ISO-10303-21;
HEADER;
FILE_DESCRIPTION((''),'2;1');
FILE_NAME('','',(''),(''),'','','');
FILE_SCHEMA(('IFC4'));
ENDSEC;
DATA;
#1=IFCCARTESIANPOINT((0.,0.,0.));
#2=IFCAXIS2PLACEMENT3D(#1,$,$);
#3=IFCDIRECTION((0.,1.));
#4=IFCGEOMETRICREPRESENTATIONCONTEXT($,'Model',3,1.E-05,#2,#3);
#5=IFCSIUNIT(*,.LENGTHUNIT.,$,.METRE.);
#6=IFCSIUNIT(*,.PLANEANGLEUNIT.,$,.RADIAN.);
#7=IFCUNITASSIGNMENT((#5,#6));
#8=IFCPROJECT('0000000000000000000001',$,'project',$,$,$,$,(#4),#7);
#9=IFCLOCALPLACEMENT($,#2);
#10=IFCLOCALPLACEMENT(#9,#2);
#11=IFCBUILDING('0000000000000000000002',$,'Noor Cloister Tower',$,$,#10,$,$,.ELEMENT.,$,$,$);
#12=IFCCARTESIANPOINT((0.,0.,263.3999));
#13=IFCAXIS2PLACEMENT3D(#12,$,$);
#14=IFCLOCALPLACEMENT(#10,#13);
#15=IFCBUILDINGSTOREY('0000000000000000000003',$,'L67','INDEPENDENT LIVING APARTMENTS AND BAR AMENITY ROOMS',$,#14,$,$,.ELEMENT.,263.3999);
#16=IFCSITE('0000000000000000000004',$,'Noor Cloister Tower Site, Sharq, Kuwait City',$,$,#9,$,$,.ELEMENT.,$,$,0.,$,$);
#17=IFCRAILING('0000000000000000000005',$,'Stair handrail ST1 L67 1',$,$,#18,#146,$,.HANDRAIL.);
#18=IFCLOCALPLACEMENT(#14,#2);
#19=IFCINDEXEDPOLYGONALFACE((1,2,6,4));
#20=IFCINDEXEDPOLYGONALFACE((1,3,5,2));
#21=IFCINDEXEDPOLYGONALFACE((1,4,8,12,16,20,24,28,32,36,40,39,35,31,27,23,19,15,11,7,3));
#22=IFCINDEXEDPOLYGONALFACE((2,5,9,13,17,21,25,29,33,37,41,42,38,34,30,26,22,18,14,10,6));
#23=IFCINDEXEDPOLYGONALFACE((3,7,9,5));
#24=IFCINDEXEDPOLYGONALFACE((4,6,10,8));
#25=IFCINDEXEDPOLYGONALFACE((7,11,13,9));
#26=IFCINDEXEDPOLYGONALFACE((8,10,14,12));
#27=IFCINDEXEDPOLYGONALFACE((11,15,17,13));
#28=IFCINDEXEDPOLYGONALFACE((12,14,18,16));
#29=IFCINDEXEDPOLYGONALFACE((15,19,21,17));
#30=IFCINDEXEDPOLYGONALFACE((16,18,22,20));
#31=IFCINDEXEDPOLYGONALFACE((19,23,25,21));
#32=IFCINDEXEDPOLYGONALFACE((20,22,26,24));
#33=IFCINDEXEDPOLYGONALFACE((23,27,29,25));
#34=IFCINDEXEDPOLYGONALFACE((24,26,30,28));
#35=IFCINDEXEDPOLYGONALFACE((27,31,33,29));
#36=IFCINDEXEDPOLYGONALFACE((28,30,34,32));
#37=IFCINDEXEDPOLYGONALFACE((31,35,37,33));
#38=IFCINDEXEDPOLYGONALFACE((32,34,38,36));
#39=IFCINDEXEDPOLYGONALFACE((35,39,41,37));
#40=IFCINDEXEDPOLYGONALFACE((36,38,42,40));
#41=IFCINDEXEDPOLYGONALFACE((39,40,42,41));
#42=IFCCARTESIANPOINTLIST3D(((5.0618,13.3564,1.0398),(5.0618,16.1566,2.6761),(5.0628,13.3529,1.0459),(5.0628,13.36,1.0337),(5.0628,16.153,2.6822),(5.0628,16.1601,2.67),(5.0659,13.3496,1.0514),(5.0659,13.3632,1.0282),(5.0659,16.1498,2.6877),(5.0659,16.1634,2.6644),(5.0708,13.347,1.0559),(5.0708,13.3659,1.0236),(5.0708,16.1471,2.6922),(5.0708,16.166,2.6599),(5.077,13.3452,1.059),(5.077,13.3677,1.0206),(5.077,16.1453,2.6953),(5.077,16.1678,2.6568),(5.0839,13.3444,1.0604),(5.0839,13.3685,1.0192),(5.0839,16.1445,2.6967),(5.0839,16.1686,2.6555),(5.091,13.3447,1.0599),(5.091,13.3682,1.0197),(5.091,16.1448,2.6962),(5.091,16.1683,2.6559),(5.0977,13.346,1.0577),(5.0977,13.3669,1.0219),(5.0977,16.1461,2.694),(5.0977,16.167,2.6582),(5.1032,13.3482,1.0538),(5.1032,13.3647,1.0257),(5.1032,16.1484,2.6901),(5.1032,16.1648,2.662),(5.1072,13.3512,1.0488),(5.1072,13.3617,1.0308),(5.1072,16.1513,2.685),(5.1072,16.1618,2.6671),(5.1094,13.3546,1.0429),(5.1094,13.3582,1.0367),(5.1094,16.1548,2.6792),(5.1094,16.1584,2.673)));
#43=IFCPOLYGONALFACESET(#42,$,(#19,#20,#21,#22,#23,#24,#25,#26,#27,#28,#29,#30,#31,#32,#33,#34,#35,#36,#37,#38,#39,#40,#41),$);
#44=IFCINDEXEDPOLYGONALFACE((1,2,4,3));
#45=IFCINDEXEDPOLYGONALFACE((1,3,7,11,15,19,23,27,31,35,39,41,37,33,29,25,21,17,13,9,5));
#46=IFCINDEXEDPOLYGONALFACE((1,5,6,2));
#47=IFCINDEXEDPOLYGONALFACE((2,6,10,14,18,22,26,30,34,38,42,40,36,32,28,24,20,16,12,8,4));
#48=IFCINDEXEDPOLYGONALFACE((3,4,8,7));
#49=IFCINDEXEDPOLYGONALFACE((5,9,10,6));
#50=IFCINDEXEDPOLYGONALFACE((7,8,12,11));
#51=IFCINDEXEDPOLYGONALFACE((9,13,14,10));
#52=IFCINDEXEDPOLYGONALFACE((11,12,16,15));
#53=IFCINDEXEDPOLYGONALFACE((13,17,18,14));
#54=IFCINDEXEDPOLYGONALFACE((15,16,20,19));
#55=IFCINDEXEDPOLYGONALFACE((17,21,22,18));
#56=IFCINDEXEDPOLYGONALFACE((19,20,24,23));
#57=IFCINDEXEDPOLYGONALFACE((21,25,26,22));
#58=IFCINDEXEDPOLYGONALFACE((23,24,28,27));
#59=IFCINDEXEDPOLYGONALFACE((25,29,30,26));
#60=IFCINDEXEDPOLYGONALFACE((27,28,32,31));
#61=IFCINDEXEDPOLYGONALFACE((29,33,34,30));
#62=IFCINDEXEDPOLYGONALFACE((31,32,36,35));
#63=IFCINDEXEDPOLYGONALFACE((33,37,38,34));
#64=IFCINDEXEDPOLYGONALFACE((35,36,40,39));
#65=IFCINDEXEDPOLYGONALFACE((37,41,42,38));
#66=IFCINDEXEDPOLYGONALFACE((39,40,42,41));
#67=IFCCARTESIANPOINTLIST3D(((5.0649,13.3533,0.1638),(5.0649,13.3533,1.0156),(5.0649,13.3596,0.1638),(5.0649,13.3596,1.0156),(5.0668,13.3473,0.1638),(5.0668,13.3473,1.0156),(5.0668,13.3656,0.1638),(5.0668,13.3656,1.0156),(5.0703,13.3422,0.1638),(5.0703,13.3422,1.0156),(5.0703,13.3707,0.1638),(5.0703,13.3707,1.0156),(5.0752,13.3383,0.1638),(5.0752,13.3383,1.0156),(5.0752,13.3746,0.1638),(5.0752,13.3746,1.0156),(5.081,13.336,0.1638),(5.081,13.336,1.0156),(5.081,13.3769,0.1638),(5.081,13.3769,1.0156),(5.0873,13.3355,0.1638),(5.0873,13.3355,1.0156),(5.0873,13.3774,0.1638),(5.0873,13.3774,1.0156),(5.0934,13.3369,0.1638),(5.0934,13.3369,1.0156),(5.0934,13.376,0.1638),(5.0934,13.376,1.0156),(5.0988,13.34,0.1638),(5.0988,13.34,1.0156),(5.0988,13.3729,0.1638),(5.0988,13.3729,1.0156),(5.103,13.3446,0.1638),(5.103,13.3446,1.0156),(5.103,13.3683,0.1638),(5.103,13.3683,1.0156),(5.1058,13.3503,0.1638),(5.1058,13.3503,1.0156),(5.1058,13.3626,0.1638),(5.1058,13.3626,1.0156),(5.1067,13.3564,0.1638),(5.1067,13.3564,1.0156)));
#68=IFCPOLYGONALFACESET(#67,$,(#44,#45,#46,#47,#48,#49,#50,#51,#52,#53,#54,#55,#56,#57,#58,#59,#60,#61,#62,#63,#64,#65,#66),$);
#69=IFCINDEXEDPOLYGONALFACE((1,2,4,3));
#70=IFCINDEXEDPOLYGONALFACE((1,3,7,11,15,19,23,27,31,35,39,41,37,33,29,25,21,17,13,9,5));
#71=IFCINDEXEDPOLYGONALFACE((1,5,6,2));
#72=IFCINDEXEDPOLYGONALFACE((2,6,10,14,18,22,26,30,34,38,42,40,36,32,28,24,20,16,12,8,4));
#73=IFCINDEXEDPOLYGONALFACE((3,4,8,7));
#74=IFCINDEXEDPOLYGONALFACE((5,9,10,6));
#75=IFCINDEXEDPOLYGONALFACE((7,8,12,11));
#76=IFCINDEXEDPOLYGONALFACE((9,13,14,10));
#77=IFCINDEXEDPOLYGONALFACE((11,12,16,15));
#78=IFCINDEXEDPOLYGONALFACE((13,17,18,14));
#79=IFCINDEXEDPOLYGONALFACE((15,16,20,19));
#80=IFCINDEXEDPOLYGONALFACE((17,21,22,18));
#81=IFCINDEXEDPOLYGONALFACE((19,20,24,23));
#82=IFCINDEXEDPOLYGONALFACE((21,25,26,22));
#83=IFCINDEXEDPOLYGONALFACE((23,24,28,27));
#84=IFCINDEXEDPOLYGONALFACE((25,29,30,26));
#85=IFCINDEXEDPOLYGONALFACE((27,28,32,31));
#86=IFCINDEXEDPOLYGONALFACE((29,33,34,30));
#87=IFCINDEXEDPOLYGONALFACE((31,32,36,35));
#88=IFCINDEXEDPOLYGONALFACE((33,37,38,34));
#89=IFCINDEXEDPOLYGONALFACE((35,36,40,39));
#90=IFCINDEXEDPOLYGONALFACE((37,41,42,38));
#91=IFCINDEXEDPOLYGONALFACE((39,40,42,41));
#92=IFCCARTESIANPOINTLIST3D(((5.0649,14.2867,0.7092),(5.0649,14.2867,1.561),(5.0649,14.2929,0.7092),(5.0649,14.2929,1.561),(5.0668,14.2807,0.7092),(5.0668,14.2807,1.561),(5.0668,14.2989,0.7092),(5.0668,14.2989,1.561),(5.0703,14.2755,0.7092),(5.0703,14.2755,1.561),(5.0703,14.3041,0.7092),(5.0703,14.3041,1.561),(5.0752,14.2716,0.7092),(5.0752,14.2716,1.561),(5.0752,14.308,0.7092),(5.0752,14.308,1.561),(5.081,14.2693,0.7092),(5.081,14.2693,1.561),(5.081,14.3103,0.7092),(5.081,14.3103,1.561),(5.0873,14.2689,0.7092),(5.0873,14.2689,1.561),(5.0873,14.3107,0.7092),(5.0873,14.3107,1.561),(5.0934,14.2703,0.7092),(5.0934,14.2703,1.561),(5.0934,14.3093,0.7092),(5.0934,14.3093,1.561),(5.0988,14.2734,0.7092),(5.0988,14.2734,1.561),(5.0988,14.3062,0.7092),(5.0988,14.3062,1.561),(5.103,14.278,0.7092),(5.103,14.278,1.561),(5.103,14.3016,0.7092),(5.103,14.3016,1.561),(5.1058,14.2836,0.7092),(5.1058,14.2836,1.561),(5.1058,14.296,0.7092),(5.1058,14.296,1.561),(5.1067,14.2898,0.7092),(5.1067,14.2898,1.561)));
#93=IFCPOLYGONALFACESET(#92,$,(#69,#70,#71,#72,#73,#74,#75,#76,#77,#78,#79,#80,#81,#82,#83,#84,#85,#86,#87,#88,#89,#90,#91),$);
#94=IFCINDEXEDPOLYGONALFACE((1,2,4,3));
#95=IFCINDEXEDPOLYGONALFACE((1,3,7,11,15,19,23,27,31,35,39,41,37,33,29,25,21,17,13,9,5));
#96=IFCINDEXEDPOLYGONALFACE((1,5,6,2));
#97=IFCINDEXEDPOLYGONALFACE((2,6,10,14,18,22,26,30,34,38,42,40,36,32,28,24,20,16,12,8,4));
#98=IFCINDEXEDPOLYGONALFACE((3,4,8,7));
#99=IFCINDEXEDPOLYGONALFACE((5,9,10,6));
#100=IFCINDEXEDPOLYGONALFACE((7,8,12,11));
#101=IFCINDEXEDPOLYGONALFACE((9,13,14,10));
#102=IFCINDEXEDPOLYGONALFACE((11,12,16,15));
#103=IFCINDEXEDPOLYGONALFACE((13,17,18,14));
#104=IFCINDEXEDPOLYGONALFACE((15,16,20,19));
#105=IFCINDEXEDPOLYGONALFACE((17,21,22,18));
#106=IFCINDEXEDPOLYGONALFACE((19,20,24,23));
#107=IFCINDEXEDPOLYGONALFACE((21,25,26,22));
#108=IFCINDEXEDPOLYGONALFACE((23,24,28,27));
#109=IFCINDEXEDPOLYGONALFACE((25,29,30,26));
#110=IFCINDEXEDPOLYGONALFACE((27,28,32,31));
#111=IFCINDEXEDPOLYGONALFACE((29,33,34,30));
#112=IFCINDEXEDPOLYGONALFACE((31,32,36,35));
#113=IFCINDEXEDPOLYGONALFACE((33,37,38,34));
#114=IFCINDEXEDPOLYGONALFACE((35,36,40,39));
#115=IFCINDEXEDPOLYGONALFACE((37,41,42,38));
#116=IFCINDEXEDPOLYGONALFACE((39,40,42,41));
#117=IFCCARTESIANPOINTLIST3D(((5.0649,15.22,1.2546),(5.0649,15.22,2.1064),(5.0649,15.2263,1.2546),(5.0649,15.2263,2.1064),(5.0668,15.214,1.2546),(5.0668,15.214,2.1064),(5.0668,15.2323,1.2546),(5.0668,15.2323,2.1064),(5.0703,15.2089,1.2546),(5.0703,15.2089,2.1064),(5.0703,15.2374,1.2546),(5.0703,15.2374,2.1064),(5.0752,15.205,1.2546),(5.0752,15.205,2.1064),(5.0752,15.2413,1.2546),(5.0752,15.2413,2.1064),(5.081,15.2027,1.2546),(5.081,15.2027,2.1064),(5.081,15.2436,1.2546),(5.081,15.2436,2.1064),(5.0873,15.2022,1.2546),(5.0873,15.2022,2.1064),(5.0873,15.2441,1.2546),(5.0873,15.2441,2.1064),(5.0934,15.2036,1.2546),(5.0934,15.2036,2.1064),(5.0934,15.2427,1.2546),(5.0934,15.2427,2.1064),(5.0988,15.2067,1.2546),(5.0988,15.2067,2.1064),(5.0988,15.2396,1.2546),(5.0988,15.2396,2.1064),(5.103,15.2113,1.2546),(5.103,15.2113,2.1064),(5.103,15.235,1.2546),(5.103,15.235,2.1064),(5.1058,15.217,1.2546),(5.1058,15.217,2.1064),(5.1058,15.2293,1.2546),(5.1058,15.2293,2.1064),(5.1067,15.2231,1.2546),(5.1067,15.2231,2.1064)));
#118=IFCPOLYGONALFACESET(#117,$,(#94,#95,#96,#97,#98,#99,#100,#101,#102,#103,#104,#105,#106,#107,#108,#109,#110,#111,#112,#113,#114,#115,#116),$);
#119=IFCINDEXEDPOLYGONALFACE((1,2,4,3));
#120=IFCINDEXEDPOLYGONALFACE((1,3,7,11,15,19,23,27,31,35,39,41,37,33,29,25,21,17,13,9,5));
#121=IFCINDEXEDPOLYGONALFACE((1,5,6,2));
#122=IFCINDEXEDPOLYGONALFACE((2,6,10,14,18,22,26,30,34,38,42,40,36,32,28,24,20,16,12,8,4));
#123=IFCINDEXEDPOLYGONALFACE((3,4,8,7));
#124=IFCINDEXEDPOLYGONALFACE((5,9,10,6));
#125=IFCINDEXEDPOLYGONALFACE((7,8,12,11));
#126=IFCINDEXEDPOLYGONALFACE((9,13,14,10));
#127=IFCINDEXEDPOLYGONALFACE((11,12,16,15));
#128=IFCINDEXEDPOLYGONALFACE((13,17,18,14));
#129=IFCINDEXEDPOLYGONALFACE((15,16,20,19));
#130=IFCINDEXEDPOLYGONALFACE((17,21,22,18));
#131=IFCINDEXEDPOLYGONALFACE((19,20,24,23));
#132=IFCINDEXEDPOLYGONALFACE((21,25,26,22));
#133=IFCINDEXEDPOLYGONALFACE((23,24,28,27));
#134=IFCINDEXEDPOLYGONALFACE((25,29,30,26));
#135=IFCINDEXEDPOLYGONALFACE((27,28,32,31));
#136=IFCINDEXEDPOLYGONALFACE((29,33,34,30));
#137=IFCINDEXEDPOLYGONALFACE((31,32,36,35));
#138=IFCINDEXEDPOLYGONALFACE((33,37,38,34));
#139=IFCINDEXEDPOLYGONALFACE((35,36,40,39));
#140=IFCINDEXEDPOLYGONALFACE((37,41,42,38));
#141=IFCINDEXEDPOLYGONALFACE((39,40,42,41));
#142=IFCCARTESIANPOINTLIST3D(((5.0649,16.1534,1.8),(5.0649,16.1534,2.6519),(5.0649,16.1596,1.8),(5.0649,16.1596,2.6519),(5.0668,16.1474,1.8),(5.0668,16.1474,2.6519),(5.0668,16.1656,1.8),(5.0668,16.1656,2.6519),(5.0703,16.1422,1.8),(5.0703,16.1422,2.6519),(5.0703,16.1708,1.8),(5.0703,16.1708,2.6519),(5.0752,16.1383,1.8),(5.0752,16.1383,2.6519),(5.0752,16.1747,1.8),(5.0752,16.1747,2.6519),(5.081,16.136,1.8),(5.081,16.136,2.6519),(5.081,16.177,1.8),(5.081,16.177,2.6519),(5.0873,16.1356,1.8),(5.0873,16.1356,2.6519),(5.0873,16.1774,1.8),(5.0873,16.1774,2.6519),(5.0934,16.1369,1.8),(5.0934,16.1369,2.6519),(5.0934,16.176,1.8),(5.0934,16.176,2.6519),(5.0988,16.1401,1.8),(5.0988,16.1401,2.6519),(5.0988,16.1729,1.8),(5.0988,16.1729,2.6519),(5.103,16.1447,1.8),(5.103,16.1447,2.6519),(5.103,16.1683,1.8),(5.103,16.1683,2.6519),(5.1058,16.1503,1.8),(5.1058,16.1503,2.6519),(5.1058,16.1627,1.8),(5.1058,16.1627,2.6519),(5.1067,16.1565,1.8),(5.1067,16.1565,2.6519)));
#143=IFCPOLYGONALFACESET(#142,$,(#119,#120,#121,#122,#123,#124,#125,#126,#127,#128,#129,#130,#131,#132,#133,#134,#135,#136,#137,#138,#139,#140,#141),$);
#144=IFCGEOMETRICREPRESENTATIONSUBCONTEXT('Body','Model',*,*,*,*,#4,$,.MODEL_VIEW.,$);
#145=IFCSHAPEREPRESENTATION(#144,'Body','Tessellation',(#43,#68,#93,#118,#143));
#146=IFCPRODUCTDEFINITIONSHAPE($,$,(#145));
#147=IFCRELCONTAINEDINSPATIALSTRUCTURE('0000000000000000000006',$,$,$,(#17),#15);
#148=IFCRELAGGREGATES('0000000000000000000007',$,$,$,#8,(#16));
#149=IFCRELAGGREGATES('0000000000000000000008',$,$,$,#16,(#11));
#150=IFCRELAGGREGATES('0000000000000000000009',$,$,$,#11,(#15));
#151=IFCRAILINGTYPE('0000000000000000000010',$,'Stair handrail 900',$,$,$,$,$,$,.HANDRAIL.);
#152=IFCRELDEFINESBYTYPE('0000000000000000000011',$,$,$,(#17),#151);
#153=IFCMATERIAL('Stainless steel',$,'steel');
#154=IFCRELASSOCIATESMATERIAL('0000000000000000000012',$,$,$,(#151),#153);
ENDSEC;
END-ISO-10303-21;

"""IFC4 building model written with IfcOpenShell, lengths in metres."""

from ifc_helpers import new_model, si_unit, direction, frame, origin, origin_2d, place, context, subcontext, project, spatial, circle, extrude, material, type_object, element, save


model = new_model("IFC4")

# Units and contexts
model_context = context("Model", 3, precision=1e-05, world=origin(), true_north=direction((0.0, 1.0)))
body_context = subcontext(model_context, "Body", "Model", "MODEL_VIEW")
ifc_project = project(units=[si_unit("LENGTHUNIT", "METRE"), si_unit("PLANEANGLEUNIT", "RADIAN")], contexts=[model_context])

# Site, building, storey
site_placement = place(None, origin())
site = spatial("IfcSite", under=ifc_project, at=site_placement, Name="Noor Cloister Tower Site, Sharq, Kuwait City", CompositionType="ELEMENT", RefElevation=0.0)
building_placement = place(site_placement, origin())
building = spatial("IfcBuilding", under=site, at=building_placement, Name="Noor Cloister Tower", CompositionType="ELEMENT")
storey_placement = place(building_placement, frame((0.0, 0.0, 263.3999)))
storey = spatial("IfcBuildingStorey", under=building, at=storey_placement, Name="L67", Description="INDEPENDENT LIVING APARTMENTS AND BAR AMENITY ROOMS", CompositionType="ELEMENT", Elevation=263.3999)

# Railing
ifc_material_1 = material(Name="Stainless steel", Category="steel")
railing_type_1 = type_object("IfcRailingType", Name="Stair handrail 900", PredefinedType="HANDRAIL", material=ifc_material_1)
railing_1_placement = place(storey_placement, frame((5.0857, 13.3564, 0.1638)))
element("IfcRailing", 1, at=railing_1_placement, inside=storey, type_object=railing_type_1, Name="Stair handrail ST1 L67 1", PredefinedType="HANDRAIL", context=body_context, shape_type="SweptSolid", body=[
    extrude(circle(Radius=0.0239, at=origin_2d()), frame((0.0, 0.0, 0.876), z_axis=(0.0, 0.863394, 0.504531), x_axis=(-1.0, 0.0, 0.0)), (0.0, 0.0, 1.0), 3.2432),
    extrude(circle(Radius=0.021, at=origin_2d()), origin(), (0.0, 0.0, 1.0), 0.8518),
    extrude(circle(Radius=0.021, at=origin_2d()), frame((0.0, 0.9333, 0.5454)), (0.0, 0.0, 1.0), 0.8518),
    extrude(circle(Radius=0.021, at=origin_2d()), frame((0.0, 1.8667, 1.0908)), (0.0, 0.0, 1.0), 0.8518),
    extrude(circle(Radius=0.021, at=origin_2d()), frame((0.0, 2.8, 1.6362)), (0.0, 0.0, 1.0), 0.8518),
])

save(model, "model.ifc")
